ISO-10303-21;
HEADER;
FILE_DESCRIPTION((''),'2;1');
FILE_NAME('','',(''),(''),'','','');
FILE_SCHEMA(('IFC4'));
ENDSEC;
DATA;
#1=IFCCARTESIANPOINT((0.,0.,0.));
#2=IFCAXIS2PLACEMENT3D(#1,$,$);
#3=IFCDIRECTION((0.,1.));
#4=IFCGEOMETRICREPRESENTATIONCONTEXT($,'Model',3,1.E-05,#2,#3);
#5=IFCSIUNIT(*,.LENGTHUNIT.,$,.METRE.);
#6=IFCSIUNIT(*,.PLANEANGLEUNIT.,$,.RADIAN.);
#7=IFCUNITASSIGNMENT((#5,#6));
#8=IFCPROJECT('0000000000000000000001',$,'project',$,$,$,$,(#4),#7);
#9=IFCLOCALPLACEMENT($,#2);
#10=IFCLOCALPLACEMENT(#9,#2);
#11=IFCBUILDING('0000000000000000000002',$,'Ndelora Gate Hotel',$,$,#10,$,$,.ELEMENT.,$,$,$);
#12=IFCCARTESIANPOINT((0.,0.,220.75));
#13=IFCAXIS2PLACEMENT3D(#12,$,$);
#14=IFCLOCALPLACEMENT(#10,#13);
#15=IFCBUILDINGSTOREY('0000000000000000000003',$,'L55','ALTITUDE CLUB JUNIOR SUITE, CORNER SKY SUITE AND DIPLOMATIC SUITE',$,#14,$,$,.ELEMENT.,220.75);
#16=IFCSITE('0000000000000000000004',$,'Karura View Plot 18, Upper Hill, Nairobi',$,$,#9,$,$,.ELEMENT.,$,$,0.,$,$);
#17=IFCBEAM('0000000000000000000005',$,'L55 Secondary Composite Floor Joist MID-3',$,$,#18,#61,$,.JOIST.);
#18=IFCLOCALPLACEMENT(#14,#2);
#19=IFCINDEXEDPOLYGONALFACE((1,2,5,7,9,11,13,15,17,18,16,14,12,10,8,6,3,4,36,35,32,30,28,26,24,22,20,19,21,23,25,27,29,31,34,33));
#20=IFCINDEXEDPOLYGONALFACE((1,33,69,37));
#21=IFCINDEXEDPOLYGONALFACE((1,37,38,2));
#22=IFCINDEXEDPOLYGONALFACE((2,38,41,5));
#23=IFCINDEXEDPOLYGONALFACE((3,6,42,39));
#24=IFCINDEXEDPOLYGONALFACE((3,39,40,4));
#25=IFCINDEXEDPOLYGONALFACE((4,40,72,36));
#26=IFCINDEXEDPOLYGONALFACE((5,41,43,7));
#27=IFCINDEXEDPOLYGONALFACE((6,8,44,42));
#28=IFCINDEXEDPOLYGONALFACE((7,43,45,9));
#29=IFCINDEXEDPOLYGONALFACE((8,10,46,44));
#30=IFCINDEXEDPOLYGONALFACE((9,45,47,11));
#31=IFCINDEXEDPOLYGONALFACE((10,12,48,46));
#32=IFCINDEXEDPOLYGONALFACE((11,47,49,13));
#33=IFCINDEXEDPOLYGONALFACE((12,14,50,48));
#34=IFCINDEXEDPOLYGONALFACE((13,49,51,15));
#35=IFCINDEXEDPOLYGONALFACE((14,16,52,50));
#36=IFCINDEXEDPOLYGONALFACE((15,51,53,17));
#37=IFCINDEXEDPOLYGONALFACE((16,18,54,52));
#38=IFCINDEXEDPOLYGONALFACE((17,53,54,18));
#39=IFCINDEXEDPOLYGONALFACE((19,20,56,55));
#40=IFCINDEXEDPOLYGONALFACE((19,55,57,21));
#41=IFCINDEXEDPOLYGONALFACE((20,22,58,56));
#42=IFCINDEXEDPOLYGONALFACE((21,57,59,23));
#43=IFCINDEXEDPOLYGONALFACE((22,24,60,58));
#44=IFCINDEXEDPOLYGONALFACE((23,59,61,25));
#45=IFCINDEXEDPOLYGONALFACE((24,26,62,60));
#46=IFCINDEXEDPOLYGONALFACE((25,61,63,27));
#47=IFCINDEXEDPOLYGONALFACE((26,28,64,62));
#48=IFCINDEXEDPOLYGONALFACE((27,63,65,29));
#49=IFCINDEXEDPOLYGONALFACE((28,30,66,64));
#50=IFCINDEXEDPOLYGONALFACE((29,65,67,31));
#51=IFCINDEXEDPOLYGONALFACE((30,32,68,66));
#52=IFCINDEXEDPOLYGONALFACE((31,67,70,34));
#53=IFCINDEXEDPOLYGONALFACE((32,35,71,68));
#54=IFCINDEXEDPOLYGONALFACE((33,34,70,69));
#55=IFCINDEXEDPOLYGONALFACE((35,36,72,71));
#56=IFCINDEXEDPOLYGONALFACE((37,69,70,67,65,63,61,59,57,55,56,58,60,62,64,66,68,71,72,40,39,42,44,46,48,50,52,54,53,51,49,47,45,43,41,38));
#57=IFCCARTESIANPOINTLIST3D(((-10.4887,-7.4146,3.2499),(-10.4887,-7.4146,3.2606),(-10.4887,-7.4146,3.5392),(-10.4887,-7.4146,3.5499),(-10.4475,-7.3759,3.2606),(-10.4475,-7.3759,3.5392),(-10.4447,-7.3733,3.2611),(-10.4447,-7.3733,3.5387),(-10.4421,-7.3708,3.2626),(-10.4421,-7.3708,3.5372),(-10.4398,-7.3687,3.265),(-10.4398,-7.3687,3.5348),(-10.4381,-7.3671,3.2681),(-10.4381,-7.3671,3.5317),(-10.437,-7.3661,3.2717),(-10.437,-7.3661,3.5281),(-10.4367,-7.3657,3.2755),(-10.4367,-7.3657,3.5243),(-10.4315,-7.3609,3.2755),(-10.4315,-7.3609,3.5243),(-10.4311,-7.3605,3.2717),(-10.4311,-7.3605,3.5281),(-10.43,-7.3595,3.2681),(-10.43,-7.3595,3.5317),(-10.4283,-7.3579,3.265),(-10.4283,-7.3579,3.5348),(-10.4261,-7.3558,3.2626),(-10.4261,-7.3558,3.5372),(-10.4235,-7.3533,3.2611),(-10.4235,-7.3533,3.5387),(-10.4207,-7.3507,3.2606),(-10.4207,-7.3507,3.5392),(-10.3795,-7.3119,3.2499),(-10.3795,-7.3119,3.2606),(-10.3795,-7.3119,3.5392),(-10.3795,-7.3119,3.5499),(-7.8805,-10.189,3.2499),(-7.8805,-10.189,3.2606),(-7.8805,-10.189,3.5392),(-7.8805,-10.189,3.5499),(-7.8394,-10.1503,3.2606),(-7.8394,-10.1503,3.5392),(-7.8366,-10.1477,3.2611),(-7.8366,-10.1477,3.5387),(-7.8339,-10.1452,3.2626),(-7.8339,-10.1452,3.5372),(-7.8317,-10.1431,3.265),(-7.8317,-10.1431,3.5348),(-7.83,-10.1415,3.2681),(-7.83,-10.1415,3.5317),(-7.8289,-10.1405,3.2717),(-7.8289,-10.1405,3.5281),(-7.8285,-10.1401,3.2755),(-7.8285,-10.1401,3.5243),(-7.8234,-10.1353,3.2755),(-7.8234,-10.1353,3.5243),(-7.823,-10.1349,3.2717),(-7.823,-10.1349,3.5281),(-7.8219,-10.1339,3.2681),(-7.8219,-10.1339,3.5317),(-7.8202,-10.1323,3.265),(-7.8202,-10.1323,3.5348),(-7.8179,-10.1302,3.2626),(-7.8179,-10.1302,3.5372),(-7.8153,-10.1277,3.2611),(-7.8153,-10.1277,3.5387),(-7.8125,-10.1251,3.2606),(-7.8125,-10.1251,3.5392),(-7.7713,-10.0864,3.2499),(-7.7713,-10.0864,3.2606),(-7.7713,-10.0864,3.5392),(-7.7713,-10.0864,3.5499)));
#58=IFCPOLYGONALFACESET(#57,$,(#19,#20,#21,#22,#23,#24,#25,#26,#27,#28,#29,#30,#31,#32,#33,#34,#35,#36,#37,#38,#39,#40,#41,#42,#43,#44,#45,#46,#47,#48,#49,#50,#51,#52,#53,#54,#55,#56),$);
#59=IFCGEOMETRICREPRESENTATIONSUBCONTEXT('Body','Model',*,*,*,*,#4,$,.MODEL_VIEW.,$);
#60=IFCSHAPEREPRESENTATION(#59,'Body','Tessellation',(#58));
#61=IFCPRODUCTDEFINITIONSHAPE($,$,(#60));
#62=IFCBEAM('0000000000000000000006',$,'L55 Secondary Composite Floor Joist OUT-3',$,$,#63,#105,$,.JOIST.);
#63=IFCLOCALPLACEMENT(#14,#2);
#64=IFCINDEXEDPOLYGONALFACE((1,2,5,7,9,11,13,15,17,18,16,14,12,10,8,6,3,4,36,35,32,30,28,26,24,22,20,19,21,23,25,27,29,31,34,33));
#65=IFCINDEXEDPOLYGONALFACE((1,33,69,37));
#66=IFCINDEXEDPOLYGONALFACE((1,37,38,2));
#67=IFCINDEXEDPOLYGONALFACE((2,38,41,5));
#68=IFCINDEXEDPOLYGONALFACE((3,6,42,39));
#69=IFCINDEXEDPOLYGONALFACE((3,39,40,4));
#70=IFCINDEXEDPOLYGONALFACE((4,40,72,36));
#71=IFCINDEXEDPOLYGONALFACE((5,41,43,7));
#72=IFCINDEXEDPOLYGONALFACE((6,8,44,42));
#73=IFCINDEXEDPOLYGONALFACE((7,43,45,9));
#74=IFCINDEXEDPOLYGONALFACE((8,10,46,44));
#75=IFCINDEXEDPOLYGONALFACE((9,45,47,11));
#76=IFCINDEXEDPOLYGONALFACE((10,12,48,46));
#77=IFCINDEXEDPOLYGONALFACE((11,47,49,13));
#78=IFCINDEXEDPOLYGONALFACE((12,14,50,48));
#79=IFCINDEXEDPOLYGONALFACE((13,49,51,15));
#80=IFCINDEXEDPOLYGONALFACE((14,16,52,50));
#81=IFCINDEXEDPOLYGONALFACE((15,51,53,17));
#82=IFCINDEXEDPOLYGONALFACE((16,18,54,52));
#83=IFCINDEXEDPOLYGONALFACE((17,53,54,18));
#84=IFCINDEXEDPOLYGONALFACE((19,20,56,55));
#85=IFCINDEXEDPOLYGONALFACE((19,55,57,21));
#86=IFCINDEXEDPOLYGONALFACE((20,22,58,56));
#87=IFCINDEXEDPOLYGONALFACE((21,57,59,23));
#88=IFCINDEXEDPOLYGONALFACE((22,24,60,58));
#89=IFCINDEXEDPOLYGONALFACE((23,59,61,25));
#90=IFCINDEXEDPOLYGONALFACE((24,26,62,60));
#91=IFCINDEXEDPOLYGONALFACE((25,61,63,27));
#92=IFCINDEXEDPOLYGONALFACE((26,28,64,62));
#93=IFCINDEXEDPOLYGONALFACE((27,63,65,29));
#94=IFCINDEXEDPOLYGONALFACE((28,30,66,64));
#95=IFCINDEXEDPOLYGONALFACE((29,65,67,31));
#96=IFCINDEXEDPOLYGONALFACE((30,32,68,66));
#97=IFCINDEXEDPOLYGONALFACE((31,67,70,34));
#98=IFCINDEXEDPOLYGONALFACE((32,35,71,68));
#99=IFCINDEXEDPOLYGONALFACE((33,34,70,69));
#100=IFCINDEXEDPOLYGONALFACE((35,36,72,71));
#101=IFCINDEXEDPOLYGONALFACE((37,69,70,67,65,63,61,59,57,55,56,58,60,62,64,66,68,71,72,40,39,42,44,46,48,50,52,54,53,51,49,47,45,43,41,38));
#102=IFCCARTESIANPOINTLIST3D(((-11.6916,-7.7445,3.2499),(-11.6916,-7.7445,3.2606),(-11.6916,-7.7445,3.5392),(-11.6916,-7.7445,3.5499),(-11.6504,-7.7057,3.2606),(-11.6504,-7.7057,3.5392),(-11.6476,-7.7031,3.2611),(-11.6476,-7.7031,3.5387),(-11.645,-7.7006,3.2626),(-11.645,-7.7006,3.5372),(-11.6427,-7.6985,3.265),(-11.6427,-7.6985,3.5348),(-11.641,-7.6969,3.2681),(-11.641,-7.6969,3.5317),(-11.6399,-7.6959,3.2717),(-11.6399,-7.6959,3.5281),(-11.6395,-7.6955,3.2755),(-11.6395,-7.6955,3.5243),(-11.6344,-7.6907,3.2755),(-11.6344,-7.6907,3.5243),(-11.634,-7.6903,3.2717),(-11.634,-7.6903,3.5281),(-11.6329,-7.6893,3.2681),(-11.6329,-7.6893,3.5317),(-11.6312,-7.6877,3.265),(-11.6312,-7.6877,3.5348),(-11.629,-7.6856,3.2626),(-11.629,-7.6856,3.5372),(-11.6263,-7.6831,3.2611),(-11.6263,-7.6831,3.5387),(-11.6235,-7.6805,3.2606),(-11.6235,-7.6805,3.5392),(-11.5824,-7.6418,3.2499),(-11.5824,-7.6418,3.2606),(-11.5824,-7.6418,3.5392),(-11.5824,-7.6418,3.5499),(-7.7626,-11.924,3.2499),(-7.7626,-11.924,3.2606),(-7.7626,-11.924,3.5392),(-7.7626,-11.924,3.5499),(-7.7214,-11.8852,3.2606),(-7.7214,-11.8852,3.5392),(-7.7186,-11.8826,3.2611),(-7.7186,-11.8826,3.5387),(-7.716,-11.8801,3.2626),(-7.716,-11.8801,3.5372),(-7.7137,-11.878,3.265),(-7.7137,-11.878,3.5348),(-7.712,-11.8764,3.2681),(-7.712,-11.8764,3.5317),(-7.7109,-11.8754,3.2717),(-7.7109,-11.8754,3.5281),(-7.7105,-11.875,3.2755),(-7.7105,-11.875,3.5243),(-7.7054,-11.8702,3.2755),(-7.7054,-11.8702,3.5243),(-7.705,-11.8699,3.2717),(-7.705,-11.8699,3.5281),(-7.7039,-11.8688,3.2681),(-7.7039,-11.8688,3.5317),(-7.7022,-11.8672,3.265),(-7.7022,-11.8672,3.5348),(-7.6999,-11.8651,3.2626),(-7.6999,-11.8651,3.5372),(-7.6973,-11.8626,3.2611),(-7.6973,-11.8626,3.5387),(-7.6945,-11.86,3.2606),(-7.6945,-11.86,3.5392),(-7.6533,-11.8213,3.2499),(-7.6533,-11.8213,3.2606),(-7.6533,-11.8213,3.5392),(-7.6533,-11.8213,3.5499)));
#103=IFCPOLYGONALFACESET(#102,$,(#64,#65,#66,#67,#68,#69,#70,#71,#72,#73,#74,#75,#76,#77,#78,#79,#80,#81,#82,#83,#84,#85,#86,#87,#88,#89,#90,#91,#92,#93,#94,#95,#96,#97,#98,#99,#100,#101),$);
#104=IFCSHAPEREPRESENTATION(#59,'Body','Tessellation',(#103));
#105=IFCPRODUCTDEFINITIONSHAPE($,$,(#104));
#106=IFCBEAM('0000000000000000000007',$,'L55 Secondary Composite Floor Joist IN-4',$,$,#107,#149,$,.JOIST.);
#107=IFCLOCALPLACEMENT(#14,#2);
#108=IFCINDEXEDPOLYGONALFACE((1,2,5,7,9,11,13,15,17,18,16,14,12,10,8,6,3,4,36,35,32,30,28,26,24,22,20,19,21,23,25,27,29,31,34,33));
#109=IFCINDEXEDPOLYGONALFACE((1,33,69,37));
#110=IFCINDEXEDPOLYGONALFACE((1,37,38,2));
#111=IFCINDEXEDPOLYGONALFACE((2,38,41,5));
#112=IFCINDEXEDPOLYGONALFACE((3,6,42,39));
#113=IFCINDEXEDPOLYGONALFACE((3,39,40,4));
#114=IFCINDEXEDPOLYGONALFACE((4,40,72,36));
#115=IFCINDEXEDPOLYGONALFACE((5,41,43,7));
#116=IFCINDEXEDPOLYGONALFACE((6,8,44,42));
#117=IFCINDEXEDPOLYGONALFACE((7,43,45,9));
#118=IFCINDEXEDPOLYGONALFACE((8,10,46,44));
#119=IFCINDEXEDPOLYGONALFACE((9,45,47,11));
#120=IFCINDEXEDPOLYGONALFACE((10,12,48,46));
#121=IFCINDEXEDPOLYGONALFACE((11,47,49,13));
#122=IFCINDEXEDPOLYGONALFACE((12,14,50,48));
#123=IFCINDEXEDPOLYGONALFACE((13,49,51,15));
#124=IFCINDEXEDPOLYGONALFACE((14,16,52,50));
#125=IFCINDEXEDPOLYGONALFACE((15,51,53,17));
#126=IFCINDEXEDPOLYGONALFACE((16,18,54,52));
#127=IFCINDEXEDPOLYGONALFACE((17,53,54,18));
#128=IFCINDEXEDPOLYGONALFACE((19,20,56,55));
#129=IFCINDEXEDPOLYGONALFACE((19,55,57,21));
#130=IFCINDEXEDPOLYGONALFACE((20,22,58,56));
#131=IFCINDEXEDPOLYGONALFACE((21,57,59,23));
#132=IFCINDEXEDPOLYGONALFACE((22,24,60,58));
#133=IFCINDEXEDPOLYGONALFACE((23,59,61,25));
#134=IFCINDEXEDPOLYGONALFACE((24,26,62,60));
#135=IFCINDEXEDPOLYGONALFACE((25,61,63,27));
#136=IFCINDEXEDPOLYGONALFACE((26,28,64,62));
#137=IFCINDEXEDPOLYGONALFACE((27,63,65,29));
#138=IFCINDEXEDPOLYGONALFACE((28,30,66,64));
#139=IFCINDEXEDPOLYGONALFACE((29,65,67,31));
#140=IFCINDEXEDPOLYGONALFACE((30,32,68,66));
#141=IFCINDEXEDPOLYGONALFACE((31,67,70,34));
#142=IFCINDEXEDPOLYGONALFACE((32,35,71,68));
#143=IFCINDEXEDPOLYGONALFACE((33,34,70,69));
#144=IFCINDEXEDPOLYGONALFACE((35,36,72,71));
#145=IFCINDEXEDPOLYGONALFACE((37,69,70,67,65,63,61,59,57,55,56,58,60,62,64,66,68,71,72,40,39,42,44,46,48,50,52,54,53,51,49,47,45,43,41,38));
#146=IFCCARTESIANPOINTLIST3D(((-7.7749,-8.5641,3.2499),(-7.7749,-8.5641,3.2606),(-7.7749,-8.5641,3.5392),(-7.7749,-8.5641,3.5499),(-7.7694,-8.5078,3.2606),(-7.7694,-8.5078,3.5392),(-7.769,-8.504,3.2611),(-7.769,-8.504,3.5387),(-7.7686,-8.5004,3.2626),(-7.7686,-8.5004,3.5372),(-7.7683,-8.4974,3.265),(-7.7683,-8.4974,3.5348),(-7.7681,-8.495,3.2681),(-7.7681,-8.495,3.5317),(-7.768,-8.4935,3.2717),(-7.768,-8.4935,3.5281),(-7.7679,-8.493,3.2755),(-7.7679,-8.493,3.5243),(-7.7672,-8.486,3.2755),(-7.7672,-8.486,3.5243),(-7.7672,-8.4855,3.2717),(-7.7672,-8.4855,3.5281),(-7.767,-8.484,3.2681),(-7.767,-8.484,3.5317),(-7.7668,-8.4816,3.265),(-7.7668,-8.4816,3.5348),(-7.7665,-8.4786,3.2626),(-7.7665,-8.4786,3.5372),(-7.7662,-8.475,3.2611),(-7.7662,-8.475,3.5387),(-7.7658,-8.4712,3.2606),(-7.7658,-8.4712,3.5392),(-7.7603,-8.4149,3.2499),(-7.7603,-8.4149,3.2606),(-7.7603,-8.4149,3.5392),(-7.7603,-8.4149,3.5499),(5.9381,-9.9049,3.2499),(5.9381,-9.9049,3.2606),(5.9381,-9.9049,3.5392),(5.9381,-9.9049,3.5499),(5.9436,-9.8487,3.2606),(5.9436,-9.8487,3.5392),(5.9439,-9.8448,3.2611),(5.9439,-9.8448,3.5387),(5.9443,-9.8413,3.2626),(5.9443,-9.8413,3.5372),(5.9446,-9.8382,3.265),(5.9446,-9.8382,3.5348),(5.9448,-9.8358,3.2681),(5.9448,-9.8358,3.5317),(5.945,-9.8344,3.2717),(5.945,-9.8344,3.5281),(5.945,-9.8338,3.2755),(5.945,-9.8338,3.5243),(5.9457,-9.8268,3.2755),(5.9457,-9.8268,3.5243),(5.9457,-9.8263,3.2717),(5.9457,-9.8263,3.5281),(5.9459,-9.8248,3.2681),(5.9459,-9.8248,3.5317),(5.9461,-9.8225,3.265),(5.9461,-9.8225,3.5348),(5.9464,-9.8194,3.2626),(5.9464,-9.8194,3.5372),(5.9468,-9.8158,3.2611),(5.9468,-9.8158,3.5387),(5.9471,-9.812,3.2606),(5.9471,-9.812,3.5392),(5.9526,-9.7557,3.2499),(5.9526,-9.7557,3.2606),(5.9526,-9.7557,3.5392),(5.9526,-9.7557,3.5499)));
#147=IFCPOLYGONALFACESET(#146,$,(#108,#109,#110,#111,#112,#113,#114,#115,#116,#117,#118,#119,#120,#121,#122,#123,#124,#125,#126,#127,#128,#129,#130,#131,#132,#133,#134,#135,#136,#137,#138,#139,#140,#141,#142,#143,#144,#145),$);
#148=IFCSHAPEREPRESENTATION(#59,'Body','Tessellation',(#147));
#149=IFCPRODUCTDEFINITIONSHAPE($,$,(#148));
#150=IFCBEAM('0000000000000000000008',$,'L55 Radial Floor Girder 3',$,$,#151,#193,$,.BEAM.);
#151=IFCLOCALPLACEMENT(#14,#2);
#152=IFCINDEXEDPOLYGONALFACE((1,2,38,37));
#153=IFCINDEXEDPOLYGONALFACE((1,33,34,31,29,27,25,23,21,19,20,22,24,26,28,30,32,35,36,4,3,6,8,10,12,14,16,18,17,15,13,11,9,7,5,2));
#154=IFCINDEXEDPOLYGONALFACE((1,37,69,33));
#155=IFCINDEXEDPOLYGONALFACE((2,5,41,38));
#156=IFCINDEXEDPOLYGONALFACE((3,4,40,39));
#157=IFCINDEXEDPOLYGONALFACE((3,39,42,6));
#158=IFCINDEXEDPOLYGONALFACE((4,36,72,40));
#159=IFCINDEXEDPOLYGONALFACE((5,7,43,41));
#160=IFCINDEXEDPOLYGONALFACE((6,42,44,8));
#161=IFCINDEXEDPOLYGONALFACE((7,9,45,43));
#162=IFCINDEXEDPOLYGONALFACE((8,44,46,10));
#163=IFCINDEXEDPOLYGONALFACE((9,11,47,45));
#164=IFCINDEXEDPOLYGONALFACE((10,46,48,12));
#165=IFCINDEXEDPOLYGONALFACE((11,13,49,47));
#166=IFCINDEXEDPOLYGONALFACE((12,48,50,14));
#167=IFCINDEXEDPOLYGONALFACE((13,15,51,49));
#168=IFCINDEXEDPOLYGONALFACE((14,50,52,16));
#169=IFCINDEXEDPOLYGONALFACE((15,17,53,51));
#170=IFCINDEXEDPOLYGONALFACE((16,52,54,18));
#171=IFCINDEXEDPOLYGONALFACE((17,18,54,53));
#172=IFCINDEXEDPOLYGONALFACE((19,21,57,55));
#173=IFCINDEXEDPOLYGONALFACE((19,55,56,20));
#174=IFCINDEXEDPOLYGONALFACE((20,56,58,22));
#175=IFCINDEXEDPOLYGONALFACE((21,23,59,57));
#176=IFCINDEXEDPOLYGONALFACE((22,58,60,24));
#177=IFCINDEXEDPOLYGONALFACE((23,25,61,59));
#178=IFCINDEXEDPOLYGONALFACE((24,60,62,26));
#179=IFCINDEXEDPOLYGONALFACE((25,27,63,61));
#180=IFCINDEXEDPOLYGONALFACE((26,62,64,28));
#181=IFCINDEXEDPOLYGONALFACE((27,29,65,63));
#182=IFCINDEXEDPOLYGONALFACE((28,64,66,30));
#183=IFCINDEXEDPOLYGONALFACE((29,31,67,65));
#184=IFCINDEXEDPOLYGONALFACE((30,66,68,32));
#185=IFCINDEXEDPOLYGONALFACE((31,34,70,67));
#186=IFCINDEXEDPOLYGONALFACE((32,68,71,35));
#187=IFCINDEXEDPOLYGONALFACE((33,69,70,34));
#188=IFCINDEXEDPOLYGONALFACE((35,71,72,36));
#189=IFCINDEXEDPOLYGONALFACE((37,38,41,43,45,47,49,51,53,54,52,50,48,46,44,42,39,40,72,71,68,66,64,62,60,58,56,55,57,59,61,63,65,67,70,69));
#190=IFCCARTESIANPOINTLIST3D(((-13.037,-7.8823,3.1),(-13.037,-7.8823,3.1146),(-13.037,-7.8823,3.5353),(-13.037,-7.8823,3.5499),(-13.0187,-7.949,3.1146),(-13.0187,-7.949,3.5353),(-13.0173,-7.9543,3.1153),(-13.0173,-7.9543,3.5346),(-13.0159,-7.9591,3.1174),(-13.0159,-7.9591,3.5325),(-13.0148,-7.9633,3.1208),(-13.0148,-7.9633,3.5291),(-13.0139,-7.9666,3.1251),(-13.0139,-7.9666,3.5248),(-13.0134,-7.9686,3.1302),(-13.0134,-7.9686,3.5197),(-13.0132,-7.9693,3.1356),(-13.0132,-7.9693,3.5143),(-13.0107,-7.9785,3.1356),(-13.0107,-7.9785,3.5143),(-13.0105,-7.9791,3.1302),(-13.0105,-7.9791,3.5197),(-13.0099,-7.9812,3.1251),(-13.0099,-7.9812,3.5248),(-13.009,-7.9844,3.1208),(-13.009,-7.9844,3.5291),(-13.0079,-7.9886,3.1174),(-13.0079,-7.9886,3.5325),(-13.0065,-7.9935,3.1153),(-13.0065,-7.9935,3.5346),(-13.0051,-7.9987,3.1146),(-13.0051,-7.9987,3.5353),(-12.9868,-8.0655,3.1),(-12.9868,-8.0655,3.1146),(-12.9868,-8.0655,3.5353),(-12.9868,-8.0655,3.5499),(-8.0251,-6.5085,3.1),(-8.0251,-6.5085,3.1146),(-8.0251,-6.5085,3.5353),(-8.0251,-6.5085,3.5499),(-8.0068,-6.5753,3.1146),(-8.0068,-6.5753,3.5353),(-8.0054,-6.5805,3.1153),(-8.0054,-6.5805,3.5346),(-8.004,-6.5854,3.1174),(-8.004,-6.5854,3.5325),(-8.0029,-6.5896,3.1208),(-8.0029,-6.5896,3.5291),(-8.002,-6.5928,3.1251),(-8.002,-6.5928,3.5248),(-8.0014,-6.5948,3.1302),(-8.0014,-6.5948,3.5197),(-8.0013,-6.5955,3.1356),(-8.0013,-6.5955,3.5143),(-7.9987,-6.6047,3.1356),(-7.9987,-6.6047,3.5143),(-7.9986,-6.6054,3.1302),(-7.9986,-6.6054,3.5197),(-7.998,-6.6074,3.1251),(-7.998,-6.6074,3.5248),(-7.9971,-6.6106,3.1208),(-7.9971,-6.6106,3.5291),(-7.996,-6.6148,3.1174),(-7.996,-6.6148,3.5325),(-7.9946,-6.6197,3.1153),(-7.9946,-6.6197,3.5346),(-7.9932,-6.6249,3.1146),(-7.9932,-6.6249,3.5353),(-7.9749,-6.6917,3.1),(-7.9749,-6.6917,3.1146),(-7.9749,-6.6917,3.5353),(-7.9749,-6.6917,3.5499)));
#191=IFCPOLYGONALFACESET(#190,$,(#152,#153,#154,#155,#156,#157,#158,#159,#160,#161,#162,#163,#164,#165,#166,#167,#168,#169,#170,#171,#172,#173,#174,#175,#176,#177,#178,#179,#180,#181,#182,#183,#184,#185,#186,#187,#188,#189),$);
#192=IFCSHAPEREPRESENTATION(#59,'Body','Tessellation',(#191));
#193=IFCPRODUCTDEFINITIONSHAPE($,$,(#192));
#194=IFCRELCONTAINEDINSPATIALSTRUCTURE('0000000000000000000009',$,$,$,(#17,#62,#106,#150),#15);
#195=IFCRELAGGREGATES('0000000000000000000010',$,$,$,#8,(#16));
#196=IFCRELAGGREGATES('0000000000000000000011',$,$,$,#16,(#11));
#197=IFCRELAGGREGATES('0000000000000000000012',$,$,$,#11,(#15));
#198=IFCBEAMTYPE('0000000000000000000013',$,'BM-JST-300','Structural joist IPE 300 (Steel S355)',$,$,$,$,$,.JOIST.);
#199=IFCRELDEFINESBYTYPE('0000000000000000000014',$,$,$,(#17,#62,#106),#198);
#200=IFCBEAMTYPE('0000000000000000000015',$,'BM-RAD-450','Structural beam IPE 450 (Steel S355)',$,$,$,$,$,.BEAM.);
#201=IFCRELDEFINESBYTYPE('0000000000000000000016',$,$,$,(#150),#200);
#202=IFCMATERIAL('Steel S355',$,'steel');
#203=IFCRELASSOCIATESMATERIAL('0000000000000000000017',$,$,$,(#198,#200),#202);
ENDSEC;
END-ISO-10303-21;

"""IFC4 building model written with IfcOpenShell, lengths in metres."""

from ifc_helpers import new_model, si_unit, direction, frame, origin, origin_2d, place, context, subcontext, project, spatial, i_section, extrude, material, material_profile, profile_set, type_object, element, save


model = new_model("IFC4")

# Units and contexts
model_context = context("Model", 3, precision=1e-05, world=origin(), true_north=direction((0.0, 1.0)))
body_context = subcontext(model_context, "Body", "Model", "MODEL_VIEW")
ifc_project = project(units=[si_unit("LENGTHUNIT", "METRE"), si_unit("PLANEANGLEUNIT", "RADIAN")], contexts=[model_context])

# Site, building, storey
site_placement = place(None, origin())
site = spatial("IfcSite", under=ifc_project, at=site_placement, Name="Karura View Plot 18, Upper Hill, Nairobi", CompositionType="ELEMENT", RefElevation=0.0)
building_placement = place(site_placement, origin())
building = spatial("IfcBuilding", under=site, at=building_placement, Name="Ndelora Gate Hotel", CompositionType="ELEMENT")
storey_placement = place(building_placement, frame((0.0, 0.0, 220.75)))
storey = spatial("IfcBuildingStorey", under=building, at=storey_placement, Name="L55", Description="ALTITUDE CLUB JUNIOR SUITE, CORNER SKY SUITE AND DIPLOMATIC SUITE", CompositionType="ELEMENT", Elevation=220.75)

# Beams
ifc_material_1 = material(Name="Steel S355", Category="steel")
ifc_material_profile_1 = material_profile(ifc_material_1, i_section(OverallWidth=0.1499, OverallDepth=0.3, WebThickness=0.0071, FlangeThickness=0.0107, FilletRadius=0.0149, at=origin_2d()), Name="IPE 300")
ifc_profile_set_1 = profile_set([ifc_material_profile_1], Name="Steel S355")
beam_type_1 = type_object("IfcBeamType", Name="BM-JST-300", Description="Structural joist IPE 300 (Steel S355)", PredefinedType="JOIST", material=ifc_profile_set_1)
beam_1_placement = place(storey_placement, frame((-10.4341, -7.3633, 3.3999), z_axis=(0.684939, -0.728601, 0.0), x_axis=(0.728601, 0.684939, 0.0)))
element("IfcBeam", 1, at=beam_1_placement, inside=storey, type_object=beam_type_1, Name="L55 Secondary Composite Floor Joist MID-3", PredefinedType="JOIST", context=body_context, shape_type="SweptSolid", body=[
    extrude(i_section(OverallWidth=0.1499, OverallDepth=0.3, WebThickness=0.0071, FlangeThickness=0.0107, FilletRadius=0.0149, at=origin_2d()), origin(), (0.0, 0.0, 1.0), 3.8079),
])
beam_2_placement = place(storey_placement, frame((-11.637, -7.6931, 3.3999), z_axis=(0.684936, -0.728603, 0.0), x_axis=(0.728603, 0.684936, 0.0)))
element("IfcBeam", 2, at=beam_2_placement, inside=storey, type_object=beam_type_1, Name="L55 Secondary Composite Floor Joist OUT-3", PredefinedType="JOIST", context=body_context, shape_type="SweptSolid", body=[
    extrude(i_section(OverallWidth=0.1499, OverallDepth=0.3, WebThickness=0.0071, FlangeThickness=0.0107, FilletRadius=0.0149, at=origin_2d()), origin(), (0.0, 0.0, 1.0), 5.7363),
])
beam_3_placement = place(storey_placement, frame((-7.7676, -8.4895, 3.3999), z_axis=(0.995254, -0.097314, 0.0), x_axis=(0.097314, 0.995254, 0.0)))
element("IfcBeam", 3, at=beam_3_placement, inside=storey, type_object=beam_type_1, Name="L55 Secondary Composite Floor Joist IN-4", PredefinedType="JOIST", context=body_context, shape_type="SweptSolid", body=[
    extrude(i_section(OverallWidth=0.1499, OverallDepth=0.3, WebThickness=0.0071, FlangeThickness=0.0107, FilletRadius=0.0149, at=origin_2d()), origin(), (0.0, 0.0, 1.0), 13.7783),
])
ifc_material_profile_2 = material_profile(ifc_material_1, i_section(OverallWidth=0.1899, OverallDepth=0.45, WebThickness=0.0095, FlangeThickness=0.0146, FilletRadius=0.021, at=origin_2d()), Name="IPE 450")
ifc_profile_set_2 = profile_set([ifc_material_profile_2], Name="Steel S355")
beam_type_2 = type_object("IfcBeamType", Name="BM-RAD-450", Description="Structural beam IPE 450 (Steel S355)", PredefinedType="BEAM", material=ifc_profile_set_2)
beam_4_placement = place(storey_placement, frame((-8.0, -6.6001, 3.325), z_axis=(-0.964427, -0.264349, 0.0), x_axis=(0.264349, -0.964427, 0.0)))
element("IfcBeam", 4, at=beam_4_placement, inside=storey, type_object=beam_type_2, Name="L55 Radial Floor Girder 3", PredefinedType="BEAM", context=body_context, shape_type="SweptSolid", body=[
    extrude(i_section(OverallWidth=0.1899, OverallDepth=0.45, WebThickness=0.0095, FlangeThickness=0.0146, FilletRadius=0.021, at=origin_2d()), origin(), (0.0, 0.0, 1.0), 5.1968),
])

save(model, "model.ifc")
